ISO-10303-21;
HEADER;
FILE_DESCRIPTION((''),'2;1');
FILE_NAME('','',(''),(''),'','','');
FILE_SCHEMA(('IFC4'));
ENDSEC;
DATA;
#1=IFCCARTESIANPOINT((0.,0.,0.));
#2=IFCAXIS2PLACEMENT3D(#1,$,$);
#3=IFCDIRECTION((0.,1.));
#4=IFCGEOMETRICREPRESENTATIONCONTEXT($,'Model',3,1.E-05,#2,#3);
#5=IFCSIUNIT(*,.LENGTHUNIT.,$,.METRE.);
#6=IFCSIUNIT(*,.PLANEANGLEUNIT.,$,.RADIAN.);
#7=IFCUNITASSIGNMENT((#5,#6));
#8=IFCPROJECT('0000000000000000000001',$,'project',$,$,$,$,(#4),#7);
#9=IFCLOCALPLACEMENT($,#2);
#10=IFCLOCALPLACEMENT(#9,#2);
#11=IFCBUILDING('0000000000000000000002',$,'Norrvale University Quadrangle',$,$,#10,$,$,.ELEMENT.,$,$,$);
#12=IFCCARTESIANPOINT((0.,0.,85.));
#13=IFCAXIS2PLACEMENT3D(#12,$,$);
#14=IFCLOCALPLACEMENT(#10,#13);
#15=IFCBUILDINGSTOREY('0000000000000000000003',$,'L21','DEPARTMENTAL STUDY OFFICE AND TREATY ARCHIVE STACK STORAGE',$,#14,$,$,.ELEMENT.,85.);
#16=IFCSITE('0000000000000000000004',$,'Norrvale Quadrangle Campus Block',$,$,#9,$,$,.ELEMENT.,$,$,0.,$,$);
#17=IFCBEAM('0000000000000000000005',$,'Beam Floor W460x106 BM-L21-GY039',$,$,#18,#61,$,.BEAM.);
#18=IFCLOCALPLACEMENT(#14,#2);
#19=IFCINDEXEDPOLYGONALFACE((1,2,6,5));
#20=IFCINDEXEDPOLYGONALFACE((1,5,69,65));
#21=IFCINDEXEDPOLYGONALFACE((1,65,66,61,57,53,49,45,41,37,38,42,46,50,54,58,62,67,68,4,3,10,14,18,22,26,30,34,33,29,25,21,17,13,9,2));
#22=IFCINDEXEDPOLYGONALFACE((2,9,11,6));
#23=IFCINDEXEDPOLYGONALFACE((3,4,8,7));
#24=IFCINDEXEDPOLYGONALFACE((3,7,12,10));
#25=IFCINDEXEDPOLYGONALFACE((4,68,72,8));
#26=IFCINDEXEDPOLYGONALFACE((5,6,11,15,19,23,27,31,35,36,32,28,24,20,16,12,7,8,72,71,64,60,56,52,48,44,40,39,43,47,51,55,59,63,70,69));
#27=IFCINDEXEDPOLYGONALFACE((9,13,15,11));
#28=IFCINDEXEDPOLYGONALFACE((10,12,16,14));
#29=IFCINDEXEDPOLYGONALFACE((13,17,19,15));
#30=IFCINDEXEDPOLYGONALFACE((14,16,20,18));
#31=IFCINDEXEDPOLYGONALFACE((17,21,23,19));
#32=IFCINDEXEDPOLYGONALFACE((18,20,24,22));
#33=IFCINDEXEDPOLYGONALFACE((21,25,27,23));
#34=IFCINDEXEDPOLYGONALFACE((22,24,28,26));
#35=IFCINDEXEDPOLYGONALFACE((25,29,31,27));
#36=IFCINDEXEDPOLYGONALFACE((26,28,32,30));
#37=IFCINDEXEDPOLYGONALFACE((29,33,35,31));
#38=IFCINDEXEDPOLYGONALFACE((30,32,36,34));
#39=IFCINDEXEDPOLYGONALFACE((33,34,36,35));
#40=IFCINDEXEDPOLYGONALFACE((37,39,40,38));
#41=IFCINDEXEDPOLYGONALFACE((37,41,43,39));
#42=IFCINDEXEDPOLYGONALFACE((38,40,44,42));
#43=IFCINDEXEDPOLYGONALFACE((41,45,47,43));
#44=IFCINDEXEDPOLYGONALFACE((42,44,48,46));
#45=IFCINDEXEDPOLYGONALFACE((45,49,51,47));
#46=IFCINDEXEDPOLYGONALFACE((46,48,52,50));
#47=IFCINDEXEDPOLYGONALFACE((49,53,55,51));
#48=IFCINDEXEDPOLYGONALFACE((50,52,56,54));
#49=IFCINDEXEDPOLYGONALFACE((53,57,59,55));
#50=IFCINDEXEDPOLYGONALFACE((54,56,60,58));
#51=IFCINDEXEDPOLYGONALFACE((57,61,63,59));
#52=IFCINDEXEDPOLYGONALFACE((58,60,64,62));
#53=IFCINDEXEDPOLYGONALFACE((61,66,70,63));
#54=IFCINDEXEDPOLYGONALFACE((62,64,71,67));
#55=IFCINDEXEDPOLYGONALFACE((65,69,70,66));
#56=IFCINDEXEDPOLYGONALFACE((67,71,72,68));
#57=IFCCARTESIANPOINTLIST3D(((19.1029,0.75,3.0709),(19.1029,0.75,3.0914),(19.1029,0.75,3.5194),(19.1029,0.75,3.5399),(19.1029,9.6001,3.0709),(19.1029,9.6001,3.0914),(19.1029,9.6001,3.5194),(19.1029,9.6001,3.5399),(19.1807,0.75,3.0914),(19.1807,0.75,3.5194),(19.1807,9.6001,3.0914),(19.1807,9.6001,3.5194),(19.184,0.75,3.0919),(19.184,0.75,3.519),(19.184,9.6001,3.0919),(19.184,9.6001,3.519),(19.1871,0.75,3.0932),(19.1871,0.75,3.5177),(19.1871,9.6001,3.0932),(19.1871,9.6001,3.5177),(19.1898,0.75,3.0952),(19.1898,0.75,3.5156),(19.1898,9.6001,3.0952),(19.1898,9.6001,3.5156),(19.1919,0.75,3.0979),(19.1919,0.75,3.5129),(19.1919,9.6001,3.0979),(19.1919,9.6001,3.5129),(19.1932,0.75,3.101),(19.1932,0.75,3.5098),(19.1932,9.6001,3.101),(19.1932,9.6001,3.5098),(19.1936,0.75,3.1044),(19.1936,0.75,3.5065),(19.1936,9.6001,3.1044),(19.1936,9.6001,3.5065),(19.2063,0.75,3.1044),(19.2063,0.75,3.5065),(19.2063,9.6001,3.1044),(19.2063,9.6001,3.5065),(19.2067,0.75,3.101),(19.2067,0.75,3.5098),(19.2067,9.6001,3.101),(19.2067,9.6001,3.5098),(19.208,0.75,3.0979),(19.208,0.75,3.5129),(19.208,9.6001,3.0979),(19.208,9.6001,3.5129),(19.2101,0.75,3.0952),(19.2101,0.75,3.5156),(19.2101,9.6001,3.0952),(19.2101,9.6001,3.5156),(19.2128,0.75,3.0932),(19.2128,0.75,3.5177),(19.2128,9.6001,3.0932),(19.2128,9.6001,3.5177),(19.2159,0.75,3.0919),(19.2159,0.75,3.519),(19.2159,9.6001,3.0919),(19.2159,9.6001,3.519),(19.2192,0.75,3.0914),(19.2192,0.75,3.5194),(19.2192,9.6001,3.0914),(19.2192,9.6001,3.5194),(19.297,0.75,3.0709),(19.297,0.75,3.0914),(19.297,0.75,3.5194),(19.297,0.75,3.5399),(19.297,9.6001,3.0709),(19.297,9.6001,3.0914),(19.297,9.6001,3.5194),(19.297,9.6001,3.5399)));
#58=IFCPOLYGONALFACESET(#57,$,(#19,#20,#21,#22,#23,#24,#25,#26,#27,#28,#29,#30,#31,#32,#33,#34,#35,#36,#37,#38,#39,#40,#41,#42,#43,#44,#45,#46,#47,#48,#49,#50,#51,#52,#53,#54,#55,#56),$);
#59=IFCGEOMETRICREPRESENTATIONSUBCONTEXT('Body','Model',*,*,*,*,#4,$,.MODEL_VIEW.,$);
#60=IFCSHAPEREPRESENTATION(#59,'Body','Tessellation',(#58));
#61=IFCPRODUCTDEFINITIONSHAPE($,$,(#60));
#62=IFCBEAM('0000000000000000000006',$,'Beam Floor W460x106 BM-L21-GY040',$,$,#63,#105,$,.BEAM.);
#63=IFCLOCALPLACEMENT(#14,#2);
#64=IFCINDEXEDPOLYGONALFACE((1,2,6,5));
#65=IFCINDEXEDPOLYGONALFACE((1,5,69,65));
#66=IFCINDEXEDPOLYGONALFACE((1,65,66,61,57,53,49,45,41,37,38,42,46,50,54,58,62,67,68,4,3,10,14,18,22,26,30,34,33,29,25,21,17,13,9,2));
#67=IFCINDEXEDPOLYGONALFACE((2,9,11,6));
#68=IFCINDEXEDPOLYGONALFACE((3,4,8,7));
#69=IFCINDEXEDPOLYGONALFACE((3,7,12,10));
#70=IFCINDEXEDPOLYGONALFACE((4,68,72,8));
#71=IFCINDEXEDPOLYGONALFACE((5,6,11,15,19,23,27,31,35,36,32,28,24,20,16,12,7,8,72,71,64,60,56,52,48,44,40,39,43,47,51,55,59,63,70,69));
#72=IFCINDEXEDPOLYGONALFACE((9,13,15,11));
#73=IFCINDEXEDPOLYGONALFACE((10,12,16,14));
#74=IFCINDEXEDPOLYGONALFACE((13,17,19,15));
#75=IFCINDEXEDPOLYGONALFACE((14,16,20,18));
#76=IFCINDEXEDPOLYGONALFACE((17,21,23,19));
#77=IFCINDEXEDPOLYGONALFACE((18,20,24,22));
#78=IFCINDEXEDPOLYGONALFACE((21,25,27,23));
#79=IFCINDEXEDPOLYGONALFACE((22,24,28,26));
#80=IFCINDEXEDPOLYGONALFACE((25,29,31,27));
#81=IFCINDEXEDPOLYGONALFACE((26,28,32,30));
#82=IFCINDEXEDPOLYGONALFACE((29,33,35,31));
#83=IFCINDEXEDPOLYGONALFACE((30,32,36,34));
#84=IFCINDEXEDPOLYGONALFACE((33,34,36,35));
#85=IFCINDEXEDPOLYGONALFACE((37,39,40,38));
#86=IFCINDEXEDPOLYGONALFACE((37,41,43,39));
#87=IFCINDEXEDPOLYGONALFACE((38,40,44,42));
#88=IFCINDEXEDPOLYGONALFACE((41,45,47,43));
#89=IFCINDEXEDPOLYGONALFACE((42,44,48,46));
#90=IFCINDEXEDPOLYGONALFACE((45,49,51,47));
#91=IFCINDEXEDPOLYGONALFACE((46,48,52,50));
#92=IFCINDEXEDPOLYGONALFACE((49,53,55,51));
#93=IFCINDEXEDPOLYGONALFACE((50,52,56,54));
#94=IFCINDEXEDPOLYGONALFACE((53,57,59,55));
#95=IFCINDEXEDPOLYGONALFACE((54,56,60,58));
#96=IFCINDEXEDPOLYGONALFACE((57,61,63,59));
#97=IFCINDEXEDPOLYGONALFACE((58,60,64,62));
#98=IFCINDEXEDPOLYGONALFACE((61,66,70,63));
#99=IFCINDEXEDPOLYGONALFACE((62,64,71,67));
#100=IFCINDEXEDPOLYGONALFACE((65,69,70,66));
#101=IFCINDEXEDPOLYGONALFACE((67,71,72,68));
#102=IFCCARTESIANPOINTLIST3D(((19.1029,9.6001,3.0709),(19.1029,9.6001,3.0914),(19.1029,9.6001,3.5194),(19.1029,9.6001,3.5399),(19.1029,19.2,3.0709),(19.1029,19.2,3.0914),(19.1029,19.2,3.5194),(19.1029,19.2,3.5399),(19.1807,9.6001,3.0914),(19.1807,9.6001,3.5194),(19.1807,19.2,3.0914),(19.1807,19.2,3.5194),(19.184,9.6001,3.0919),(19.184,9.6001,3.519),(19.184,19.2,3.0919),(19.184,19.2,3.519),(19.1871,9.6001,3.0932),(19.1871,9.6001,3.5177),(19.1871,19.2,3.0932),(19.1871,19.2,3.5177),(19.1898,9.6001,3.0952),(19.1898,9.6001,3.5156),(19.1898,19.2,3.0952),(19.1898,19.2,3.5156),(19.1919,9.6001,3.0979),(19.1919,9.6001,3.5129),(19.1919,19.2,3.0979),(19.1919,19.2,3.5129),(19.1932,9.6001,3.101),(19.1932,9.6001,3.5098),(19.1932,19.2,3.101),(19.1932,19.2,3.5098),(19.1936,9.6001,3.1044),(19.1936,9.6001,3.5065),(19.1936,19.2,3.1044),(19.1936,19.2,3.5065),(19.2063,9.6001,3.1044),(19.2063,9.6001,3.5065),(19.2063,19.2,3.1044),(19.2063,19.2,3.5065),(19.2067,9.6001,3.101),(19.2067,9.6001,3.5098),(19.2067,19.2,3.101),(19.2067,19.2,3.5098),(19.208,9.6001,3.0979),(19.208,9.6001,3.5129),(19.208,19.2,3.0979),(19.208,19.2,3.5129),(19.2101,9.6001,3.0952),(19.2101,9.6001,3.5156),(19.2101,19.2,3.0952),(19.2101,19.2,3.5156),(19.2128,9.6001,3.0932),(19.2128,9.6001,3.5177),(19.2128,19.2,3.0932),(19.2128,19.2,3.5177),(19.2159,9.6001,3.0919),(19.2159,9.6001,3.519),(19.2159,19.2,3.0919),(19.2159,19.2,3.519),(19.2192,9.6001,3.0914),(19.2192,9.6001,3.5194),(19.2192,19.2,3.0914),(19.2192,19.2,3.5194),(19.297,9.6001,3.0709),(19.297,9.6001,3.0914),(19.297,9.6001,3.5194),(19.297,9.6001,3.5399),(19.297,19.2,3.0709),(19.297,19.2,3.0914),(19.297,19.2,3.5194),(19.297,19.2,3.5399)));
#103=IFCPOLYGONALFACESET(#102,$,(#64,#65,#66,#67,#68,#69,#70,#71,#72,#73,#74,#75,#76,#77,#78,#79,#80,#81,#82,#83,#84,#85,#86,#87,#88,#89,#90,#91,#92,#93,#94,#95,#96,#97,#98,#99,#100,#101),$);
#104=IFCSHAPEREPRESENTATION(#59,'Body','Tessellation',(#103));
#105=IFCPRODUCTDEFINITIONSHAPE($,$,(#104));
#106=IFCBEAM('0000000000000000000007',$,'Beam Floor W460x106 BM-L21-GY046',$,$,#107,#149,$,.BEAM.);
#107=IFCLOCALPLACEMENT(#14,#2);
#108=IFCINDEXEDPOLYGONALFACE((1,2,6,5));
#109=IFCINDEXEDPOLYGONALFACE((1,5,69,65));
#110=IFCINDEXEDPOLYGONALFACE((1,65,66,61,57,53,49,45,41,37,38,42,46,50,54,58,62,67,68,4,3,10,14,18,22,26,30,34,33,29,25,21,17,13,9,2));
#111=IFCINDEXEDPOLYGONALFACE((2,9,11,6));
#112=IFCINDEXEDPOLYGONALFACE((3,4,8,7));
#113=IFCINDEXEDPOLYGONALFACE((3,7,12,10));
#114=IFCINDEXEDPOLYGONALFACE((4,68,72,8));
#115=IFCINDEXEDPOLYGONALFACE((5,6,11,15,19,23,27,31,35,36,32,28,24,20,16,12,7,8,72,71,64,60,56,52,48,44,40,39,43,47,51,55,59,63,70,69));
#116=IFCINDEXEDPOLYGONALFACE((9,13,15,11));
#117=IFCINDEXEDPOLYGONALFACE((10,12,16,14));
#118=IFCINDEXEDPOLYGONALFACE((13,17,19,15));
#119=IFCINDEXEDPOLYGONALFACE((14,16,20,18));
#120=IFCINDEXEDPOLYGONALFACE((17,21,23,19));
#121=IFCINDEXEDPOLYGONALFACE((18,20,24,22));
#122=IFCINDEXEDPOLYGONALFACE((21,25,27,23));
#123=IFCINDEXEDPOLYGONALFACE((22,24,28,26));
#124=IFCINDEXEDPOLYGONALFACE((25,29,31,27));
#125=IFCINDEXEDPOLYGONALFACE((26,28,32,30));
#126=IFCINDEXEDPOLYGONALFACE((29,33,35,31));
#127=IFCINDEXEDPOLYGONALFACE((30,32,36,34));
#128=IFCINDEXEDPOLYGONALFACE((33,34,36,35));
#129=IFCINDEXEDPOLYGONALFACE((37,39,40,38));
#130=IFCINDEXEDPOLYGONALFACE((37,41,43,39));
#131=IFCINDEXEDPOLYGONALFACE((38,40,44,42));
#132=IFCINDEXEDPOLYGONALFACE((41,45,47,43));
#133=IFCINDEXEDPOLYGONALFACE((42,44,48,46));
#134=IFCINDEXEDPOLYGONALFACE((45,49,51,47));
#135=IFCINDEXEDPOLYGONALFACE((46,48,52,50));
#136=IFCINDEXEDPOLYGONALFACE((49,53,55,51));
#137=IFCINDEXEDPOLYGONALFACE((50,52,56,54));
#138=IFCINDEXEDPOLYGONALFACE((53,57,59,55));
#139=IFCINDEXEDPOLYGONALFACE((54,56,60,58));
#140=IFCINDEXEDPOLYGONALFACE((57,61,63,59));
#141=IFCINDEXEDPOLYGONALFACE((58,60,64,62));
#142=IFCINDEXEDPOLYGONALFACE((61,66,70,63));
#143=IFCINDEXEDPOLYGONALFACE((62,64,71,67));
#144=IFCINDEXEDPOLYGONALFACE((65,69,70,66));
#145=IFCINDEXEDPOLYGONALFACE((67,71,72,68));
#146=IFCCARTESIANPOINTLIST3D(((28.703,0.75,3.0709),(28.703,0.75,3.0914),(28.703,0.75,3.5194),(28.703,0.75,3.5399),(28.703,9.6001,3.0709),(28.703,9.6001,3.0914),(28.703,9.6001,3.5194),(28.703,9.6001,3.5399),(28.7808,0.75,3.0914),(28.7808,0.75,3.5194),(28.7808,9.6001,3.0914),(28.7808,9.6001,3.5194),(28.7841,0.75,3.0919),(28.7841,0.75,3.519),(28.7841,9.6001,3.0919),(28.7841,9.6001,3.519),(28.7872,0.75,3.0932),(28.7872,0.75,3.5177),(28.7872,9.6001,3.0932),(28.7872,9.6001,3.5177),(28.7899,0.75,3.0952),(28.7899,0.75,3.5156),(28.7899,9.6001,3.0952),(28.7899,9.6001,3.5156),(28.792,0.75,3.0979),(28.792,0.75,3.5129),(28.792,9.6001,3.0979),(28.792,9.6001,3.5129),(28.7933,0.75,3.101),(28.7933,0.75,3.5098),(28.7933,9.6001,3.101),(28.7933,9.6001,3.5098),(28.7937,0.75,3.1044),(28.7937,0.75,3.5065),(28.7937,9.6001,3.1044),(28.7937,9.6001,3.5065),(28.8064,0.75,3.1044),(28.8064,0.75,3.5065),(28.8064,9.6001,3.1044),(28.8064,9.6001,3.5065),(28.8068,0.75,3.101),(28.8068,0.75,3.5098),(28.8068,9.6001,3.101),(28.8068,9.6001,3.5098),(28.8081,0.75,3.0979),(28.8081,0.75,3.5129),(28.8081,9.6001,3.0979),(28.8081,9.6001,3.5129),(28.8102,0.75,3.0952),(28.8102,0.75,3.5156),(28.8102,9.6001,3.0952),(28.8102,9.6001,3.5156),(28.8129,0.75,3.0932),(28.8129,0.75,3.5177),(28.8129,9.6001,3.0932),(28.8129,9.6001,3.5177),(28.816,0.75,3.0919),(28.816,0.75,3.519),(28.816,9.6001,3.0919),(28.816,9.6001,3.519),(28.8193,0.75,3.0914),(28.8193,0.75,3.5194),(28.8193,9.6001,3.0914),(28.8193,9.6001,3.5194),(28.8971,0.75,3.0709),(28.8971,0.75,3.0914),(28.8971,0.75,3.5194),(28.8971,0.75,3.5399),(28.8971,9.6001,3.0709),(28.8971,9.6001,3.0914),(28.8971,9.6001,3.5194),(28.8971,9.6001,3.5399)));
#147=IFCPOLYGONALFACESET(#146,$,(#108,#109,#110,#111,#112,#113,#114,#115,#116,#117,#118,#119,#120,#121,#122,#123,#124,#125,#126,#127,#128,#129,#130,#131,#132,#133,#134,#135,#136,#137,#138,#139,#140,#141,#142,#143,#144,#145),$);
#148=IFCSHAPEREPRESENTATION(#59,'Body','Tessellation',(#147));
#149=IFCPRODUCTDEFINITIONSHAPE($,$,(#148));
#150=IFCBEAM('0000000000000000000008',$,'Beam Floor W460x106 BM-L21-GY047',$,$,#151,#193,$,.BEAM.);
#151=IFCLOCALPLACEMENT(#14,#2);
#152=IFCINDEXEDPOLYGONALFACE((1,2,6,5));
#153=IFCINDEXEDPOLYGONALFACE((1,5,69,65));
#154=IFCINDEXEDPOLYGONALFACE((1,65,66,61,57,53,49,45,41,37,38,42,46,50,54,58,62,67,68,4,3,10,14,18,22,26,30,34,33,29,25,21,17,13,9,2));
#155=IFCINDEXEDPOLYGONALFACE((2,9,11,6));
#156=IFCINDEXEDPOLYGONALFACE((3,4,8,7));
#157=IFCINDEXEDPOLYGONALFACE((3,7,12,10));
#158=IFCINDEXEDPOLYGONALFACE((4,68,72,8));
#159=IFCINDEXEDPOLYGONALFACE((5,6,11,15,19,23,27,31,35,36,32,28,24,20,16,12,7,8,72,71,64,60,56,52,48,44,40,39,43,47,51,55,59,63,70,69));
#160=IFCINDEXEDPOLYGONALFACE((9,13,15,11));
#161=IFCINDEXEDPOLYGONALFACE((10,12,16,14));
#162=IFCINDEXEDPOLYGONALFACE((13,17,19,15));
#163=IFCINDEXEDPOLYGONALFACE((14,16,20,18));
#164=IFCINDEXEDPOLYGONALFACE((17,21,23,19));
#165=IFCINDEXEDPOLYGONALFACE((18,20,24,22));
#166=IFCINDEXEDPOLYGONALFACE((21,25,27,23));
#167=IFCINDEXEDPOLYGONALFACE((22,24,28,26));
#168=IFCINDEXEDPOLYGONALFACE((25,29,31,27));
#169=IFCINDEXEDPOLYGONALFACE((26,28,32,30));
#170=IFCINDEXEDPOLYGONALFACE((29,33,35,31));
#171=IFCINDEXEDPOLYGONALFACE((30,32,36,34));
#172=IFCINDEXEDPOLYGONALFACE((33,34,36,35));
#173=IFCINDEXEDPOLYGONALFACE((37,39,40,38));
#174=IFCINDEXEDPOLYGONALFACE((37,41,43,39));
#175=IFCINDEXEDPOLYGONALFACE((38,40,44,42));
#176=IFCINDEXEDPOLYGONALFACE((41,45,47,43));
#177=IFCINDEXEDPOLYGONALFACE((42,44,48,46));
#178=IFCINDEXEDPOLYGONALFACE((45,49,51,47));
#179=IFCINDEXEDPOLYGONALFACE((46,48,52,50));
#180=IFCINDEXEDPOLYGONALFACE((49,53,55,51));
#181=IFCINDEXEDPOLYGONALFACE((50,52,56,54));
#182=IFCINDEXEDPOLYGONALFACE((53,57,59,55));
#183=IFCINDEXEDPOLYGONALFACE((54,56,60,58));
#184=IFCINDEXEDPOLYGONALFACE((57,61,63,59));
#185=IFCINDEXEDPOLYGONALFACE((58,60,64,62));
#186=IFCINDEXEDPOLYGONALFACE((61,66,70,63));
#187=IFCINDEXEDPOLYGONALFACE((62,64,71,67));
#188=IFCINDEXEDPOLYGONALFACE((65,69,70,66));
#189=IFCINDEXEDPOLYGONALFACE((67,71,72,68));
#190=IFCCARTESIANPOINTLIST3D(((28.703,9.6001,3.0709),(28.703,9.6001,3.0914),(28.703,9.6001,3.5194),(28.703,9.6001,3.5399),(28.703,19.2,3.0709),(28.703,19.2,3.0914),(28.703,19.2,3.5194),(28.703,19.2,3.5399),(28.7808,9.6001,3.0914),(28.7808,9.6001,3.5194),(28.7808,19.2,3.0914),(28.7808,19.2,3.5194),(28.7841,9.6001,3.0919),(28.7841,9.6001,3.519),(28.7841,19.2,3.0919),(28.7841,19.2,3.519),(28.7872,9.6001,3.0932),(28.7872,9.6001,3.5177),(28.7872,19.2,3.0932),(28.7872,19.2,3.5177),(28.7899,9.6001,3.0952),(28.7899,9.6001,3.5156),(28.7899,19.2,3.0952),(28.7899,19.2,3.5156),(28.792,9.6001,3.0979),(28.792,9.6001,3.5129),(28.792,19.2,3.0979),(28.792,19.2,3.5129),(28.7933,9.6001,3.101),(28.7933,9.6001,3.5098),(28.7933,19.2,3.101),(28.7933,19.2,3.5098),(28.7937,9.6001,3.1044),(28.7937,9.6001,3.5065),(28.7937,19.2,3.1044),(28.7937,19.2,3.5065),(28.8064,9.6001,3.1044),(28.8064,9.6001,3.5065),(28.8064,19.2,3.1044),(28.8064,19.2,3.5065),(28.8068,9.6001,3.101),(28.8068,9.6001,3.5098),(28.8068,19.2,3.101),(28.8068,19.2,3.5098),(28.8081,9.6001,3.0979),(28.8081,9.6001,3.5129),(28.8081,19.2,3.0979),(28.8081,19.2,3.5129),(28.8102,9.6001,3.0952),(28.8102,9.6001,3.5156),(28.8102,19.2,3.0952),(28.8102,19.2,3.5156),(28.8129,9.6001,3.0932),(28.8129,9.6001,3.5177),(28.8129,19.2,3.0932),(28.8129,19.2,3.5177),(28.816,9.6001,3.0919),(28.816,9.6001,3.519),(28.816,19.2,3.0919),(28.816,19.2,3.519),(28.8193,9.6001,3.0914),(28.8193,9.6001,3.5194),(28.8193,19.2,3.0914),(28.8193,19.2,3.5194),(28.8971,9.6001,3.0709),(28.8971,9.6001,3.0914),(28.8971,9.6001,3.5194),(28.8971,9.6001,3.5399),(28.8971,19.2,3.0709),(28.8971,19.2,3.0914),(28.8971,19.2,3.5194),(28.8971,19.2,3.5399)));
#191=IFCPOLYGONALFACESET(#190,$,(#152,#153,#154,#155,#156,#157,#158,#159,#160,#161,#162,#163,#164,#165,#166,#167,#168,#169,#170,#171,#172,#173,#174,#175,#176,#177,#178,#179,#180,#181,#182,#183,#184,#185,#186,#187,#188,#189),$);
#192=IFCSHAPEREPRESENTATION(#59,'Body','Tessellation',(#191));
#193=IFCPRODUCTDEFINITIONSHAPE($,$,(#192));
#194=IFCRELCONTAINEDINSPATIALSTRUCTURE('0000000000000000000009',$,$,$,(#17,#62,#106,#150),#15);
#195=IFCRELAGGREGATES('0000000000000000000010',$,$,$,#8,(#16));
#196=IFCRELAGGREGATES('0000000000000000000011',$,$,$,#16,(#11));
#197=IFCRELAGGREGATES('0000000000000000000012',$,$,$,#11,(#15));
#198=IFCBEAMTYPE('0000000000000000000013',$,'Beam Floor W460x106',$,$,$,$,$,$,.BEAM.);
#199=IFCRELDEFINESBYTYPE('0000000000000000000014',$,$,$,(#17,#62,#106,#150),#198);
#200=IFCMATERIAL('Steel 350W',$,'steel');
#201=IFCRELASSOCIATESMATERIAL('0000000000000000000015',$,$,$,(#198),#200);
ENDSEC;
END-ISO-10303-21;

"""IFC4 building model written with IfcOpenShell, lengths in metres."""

from ifc_helpers import new_model, si_unit, direction, frame, origin, origin_2d, place, context, subcontext, project, spatial, i_section, extrude, material, material_profile, profile_set, type_object, element, save


model = new_model("IFC4")

# Units and contexts
model_context = context("Model", 3, precision=1e-05, world=origin(), true_north=direction((0.0, 1.0)))
body_context = subcontext(model_context, "Body", "Model", "MODEL_VIEW")
ifc_project = project(units=[si_unit("LENGTHUNIT", "METRE"), si_unit("PLANEANGLEUNIT", "RADIAN")], contexts=[model_context])

# Site, building, storey
site_placement = place(None, origin())
site = spatial("IfcSite", under=ifc_project, at=site_placement, Name="Norrvale Quadrangle Campus Block", CompositionType="ELEMENT", RefElevation=0.0)
building_placement = place(site_placement, origin())
building = spatial("IfcBuilding", under=site, at=building_placement, Name="Norrvale University Quadrangle", CompositionType="ELEMENT")
storey_placement = place(building_placement, frame((0.0, 0.0, 85.0)))
storey = spatial("IfcBuildingStorey", under=building, at=storey_placement, Name="L21", Description="DEPARTMENTAL STUDY OFFICE AND TREATY ARCHIVE STACK STORAGE", CompositionType="ELEMENT", Elevation=85.0)

# Beams
ifc_material_1 = material(Name="Steel 350W", Category="steel")
ifc_material_profile_1 = material_profile(ifc_material_1, i_section(OverallWidth=0.1941, OverallDepth=0.469, WebThickness=0.0127, FlangeThickness=0.0205, FilletRadius=0.0129, at=origin_2d()), Name="Steel 350W")
ifc_profile_set_1 = profile_set([ifc_material_profile_1], Name="Steel 350W")
beam_type_1 = type_object("IfcBeamType", Name="Beam Floor W460x106", PredefinedType="BEAM", material=ifc_profile_set_1)
beam_1_placement = place(storey_placement, frame((19.2, 0.75, 3.3054), z_axis=(0.0, 1.0, 0.0), x_axis=(-1.0, 0.0, 0.0)))
element("IfcBeam", 1, at=beam_1_placement, inside=storey, type_object=beam_type_1, Name="Beam Floor W460x106 BM-L21-GY039", PredefinedType="BEAM", context=body_context, shape_type="SweptSolid", body=[
    extrude(i_section(OverallWidth=0.1941, OverallDepth=0.469, WebThickness=0.0127, FlangeThickness=0.0205, FilletRadius=0.0129, at=origin_2d()), origin(), (0.0, 0.0, 1.0), 8.8501),
])
beam_2_placement = place(storey_placement, frame((19.2, 9.6001, 3.3054), z_axis=(0.0, 1.0, 0.0), x_axis=(-1.0, 0.0, 0.0)))
element("IfcBeam", 2, at=beam_2_placement, inside=storey, type_object=beam_type_1, Name="Beam Floor W460x106 BM-L21-GY040", PredefinedType="BEAM", context=body_context, shape_type="SweptSolid", body=[
    extrude(i_section(OverallWidth=0.1941, OverallDepth=0.469, WebThickness=0.0127, FlangeThickness=0.0205, FilletRadius=0.0129, at=origin_2d()), origin(), (0.0, 0.0, 1.0), 9.5999),
])
beam_3_placement = place(storey_placement, frame((28.8, 0.75, 3.3054), z_axis=(0.0, 1.0, 0.0), x_axis=(-1.0, 0.0, 0.0)))
element("IfcBeam", 3, at=beam_3_placement, inside=storey, type_object=beam_type_1, Name="Beam Floor W460x106 BM-L21-GY046", PredefinedType="BEAM", context=body_context, shape_type="SweptSolid", body=[
    extrude(i_section(OverallWidth=0.1941, OverallDepth=0.469, WebThickness=0.0127, FlangeThickness=0.0205, FilletRadius=0.0129, at=origin_2d()), origin(), (0.0, 0.0, 1.0), 8.8501),
])
beam_4_placement = place(storey_placement, frame((28.8, 9.6001, 3.3054), z_axis=(0.0, 1.0, 0.0), x_axis=(-1.0, 0.0, 0.0)))
element("IfcBeam", 4, at=beam_4_placement, inside=storey, type_object=beam_type_1, Name="Beam Floor W460x106 BM-L21-GY047", PredefinedType="BEAM", context=body_context, shape_type="SweptSolid", body=[
    extrude(i_section(OverallWidth=0.1941, OverallDepth=0.469, WebThickness=0.0127, FlangeThickness=0.0205, FilletRadius=0.0129, at=origin_2d()), origin(), (0.0, 0.0, 1.0), 9.5999),
])

save(model, "model.ifc")
